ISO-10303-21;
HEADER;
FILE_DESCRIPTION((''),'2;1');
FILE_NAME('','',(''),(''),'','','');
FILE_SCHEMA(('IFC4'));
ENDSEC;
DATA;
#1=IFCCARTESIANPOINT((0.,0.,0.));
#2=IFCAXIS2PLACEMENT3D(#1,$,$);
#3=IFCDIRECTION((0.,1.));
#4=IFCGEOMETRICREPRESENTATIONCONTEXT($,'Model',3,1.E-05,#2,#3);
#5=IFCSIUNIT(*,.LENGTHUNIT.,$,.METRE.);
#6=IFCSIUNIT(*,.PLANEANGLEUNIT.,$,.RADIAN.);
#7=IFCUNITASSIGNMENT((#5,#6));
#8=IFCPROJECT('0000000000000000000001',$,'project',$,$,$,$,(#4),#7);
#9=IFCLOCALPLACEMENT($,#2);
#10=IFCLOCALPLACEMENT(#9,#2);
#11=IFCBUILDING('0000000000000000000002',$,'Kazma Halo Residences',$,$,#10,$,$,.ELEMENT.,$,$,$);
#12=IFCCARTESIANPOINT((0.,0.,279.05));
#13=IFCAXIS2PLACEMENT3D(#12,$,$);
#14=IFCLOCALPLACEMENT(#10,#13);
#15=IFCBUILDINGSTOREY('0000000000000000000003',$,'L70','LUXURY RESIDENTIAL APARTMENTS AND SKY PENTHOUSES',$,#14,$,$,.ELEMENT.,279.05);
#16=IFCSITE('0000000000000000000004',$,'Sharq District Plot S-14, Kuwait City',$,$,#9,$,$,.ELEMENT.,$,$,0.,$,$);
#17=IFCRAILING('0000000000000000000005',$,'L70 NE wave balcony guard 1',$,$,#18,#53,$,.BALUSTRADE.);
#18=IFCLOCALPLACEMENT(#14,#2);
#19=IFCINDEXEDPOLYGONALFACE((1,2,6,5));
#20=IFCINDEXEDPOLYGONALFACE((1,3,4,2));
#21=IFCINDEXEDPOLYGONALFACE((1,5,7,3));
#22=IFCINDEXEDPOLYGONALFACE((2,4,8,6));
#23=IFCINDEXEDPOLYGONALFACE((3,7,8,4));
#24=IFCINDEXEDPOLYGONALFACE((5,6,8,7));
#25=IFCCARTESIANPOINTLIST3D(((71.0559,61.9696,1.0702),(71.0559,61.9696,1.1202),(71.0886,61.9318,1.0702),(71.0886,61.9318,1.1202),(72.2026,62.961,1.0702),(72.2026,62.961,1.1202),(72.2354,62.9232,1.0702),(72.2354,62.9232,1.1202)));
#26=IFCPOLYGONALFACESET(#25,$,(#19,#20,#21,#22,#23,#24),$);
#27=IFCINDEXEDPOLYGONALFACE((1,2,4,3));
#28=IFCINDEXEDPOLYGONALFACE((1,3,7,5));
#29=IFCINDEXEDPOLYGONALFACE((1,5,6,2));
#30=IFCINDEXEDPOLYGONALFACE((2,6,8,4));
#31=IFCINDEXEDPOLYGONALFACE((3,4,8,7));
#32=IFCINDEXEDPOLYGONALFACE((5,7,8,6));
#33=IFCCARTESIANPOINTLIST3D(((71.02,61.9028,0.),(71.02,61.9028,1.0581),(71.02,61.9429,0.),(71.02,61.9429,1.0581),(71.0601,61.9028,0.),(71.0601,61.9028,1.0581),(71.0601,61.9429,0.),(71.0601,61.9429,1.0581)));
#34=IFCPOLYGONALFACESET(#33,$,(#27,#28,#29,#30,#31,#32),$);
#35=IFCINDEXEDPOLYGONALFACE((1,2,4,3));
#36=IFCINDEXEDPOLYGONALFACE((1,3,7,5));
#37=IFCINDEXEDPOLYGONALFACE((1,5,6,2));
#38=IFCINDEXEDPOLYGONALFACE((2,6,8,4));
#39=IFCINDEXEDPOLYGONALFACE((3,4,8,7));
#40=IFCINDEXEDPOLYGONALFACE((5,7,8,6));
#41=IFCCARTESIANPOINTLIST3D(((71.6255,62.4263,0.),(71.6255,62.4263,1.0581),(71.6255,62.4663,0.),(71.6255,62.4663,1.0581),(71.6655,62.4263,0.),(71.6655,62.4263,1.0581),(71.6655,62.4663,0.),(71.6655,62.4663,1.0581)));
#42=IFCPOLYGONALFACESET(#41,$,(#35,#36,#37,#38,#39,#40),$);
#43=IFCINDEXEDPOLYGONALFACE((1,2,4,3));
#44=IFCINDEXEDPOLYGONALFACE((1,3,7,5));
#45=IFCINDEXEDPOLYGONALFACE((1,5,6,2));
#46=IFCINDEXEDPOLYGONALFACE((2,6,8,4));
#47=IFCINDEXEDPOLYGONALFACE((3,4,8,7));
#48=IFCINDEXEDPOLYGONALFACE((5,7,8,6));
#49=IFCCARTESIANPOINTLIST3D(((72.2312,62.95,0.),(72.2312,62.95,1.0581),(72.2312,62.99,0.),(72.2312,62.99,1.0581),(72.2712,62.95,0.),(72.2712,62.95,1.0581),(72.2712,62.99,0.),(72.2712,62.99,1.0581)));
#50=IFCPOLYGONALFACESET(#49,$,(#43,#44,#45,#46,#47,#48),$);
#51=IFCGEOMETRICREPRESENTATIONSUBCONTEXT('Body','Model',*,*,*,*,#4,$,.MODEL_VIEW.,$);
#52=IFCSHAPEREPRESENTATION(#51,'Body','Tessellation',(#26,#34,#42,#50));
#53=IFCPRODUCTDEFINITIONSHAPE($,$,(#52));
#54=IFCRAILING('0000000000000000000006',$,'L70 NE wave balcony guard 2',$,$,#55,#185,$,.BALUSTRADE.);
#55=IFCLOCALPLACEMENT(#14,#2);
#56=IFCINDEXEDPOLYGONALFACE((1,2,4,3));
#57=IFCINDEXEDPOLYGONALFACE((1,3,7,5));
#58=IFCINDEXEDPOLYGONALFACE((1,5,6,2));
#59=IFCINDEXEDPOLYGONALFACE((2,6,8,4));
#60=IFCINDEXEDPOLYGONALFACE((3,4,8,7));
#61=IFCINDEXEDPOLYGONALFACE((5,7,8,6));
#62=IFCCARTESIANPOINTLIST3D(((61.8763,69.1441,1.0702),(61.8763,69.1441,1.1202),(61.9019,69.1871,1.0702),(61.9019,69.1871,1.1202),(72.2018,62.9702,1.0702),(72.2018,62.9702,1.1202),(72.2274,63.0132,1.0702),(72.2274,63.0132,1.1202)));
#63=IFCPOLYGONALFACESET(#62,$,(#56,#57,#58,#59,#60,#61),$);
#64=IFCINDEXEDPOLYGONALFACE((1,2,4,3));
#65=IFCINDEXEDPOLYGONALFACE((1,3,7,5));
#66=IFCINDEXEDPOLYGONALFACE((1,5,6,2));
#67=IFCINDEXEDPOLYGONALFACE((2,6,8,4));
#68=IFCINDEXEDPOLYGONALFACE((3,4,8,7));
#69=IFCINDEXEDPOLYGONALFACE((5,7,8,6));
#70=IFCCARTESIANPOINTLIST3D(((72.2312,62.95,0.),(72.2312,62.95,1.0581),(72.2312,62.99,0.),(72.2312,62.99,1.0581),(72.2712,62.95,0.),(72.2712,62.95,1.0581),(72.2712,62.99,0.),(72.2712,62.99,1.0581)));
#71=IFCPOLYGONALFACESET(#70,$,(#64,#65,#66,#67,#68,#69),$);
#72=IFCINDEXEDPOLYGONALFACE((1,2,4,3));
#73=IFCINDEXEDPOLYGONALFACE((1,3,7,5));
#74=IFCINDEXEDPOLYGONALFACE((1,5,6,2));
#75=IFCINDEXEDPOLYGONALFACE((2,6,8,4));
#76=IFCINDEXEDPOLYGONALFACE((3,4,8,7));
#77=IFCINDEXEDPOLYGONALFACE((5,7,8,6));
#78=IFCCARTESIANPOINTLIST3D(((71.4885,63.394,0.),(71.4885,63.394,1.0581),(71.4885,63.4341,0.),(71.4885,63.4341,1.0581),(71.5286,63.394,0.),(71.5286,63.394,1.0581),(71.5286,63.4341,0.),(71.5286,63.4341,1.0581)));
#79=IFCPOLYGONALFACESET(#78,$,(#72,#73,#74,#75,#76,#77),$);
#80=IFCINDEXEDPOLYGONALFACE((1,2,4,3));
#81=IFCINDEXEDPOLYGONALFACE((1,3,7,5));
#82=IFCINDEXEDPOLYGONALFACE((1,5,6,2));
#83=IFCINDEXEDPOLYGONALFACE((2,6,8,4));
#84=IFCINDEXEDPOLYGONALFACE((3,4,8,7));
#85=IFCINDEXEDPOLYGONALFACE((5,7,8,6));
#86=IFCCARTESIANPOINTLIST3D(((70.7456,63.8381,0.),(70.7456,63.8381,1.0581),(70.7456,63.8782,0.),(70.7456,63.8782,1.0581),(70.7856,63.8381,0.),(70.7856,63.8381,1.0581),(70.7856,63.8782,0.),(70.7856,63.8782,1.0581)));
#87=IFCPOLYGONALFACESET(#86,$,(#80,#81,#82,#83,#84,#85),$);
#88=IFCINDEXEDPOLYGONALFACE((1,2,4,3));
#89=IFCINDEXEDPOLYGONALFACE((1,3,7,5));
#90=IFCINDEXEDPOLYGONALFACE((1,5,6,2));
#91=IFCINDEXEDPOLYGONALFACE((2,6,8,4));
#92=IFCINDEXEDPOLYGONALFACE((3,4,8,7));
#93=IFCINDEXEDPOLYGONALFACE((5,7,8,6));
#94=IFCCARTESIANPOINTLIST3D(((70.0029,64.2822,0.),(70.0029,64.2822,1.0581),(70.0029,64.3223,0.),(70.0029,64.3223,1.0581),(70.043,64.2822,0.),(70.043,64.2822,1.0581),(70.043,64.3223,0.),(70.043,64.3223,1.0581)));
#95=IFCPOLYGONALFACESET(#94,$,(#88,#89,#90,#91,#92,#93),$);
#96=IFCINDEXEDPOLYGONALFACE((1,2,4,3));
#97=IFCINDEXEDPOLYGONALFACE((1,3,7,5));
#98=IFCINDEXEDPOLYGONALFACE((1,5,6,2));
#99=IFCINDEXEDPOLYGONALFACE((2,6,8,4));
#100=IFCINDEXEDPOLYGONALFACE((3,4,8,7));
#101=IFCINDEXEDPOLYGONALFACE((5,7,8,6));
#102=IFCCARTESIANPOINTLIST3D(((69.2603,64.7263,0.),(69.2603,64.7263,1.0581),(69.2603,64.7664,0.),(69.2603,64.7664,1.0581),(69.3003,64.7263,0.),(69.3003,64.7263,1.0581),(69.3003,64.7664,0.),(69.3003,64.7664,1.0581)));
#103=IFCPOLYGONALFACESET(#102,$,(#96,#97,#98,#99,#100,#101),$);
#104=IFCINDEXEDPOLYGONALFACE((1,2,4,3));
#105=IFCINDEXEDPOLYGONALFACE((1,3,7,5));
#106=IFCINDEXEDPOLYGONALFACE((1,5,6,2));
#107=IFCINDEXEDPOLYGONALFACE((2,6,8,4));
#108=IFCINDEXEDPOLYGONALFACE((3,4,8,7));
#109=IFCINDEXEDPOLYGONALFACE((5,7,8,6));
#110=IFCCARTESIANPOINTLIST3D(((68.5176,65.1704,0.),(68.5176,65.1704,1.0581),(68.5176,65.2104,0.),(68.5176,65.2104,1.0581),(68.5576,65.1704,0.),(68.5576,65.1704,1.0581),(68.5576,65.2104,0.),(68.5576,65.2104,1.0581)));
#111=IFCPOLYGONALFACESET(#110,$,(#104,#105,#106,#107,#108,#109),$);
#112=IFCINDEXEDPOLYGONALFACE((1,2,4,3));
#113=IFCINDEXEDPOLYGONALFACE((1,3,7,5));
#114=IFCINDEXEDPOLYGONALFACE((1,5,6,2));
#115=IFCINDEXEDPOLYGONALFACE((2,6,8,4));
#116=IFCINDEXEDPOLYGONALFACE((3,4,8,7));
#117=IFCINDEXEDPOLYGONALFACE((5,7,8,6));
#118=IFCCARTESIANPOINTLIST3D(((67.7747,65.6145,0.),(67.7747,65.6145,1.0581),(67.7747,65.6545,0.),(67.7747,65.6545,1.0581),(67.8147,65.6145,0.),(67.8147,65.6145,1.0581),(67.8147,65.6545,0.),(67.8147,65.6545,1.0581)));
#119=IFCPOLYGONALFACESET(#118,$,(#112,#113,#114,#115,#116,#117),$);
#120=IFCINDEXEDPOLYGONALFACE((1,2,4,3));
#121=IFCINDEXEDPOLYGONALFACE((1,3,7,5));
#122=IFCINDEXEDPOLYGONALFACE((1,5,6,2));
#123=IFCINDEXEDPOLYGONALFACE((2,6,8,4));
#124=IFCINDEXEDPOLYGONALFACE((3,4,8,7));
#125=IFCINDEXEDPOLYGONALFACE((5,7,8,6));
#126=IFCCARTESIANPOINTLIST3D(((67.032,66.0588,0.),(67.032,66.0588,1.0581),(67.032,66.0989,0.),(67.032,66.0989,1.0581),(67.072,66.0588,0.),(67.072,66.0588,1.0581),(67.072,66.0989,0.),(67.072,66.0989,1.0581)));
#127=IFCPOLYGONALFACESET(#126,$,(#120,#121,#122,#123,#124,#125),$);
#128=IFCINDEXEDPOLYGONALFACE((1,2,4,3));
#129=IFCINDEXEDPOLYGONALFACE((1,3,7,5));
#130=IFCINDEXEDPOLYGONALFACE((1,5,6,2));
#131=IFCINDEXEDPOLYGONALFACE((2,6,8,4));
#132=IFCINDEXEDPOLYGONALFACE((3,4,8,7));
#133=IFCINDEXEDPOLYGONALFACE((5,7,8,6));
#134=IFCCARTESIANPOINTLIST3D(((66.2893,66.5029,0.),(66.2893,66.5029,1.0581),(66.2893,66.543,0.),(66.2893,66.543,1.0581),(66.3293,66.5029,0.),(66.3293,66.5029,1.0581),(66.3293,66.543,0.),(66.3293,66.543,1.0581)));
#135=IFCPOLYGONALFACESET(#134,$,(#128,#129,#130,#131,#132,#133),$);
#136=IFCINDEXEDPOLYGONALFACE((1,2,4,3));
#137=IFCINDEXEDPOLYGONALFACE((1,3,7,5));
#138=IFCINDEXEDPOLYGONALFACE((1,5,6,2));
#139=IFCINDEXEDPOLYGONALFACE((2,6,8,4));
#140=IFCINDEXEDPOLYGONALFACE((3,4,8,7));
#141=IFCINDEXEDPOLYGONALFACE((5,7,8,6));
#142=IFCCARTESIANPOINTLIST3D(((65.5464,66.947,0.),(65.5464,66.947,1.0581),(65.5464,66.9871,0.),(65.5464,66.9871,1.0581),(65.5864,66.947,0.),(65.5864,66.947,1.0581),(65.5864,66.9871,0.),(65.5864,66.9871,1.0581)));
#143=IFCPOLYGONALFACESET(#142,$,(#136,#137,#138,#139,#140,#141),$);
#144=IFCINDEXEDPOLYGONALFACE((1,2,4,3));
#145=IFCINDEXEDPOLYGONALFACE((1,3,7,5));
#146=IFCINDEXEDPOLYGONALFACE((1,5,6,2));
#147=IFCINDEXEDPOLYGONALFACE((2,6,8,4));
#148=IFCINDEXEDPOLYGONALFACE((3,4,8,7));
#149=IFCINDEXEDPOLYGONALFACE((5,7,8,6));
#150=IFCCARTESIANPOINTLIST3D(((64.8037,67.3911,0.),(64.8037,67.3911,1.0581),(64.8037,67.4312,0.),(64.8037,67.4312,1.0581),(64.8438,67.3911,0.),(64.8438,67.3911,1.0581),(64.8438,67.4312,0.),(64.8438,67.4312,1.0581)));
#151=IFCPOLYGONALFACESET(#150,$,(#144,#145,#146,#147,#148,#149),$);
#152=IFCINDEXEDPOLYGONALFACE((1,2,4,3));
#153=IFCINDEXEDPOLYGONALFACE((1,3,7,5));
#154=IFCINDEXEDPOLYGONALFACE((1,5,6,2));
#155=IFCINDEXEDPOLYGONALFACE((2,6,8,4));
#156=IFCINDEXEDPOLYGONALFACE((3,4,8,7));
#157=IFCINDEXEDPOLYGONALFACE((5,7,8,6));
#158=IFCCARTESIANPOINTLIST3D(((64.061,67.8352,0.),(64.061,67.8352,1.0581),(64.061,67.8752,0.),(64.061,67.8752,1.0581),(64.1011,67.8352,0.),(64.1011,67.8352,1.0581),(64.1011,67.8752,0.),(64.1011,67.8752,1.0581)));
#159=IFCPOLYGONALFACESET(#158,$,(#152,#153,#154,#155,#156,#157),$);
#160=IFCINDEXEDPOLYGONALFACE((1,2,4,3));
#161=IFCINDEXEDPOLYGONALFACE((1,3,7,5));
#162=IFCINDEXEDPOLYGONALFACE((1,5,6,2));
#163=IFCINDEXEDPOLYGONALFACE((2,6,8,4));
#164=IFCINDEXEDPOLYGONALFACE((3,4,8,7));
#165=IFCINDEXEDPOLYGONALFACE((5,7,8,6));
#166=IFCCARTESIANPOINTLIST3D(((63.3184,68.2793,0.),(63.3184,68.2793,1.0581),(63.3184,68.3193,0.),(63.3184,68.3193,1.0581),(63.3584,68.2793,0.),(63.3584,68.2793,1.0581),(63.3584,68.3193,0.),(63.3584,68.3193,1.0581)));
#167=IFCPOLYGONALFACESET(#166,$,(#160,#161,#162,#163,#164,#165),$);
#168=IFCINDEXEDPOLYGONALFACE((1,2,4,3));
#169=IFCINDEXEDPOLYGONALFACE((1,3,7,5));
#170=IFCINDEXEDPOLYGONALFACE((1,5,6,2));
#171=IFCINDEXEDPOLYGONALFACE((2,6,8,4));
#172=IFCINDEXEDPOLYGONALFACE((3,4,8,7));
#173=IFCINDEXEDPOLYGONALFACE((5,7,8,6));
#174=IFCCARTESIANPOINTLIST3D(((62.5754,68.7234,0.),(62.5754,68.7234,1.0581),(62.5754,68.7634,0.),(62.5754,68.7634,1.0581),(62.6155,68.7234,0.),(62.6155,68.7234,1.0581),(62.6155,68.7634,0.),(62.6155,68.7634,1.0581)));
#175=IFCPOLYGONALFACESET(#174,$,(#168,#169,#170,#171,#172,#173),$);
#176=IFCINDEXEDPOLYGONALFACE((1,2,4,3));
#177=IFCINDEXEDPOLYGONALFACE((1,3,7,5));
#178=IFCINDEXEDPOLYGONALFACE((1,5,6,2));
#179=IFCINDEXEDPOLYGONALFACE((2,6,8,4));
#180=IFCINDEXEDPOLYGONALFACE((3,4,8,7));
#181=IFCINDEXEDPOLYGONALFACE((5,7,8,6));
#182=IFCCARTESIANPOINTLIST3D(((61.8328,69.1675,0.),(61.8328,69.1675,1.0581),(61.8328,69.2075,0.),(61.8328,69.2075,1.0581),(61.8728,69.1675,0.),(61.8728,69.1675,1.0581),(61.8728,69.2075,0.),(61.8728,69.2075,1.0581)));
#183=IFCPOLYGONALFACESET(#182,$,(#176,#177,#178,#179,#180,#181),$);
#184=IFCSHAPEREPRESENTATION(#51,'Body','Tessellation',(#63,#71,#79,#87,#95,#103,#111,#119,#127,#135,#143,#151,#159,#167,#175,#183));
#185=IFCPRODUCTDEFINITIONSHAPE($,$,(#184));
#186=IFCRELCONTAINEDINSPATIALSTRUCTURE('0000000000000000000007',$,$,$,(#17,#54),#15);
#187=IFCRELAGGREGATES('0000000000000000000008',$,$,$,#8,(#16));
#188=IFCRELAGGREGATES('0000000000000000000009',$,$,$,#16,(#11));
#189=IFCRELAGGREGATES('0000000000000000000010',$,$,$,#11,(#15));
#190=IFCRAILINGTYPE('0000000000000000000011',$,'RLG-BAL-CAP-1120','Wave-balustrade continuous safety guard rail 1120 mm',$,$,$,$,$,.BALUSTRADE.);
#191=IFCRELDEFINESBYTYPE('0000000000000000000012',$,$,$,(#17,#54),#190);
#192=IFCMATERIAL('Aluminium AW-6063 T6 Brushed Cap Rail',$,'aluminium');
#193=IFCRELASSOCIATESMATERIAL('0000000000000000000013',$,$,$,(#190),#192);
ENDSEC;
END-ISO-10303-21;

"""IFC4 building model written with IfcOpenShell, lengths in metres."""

from ifc_helpers import new_model, si_unit, direction, frame, origin, origin_2d, place, context, subcontext, project, spatial, rectangle, extrude, material, type_object, element, save


model = new_model("IFC4")

# Units and contexts
model_context = context("Model", 3, precision=1e-05, world=origin(), true_north=direction((0.0, 1.0)))
body_context = subcontext(model_context, "Body", "Model", "MODEL_VIEW")
ifc_project = project(units=[si_unit("LENGTHUNIT", "METRE"), si_unit("PLANEANGLEUNIT", "RADIAN")], contexts=[model_context])

# Site, building, storey
site_placement = place(None, origin())
site = spatial("IfcSite", under=ifc_project, at=site_placement, Name="Sharq District Plot S-14, Kuwait City", CompositionType="ELEMENT", RefElevation=0.0)
building_placement = place(site_placement, origin())
building = spatial("IfcBuilding", under=site, at=building_placement, Name="Kazma Halo Residences", CompositionType="ELEMENT")
storey_placement = place(building_placement, frame((0.0, 0.0, 279.05)))
storey = spatial("IfcBuildingStorey", under=building, at=storey_placement, Name="L70", Description="LUXURY RESIDENTIAL APARTMENTS AND SKY PENTHOUSES", CompositionType="ELEMENT", Elevation=279.05)

# Railings
ifc_material_1 = material(Name="Aluminium AW-6063 T6 Brushed Cap Rail", Category="aluminium")
railing_type = type_object("IfcRailingType", Name="RLG-BAL-CAP-1120", Description="Wave-balustrade continuous safety guard rail 1120 mm", PredefinedType="BALUSTRADE", material=ifc_material_1)
railing_1_placement = place(storey_placement, frame((71.04, 61.9229, 0.0)))
element("IfcRailing", 1, at=railing_1_placement, inside=storey, type_object=railing_type, Name="L70 NE wave balcony guard 1", PredefinedType="BALUSTRADE", context=body_context, shape_type="SweptSolid", body=[
    extrude(rectangle(XDim=0.05, YDim=0.05, at=origin_2d()), frame((0.0322, 0.0278, 1.0952), z_axis=(0.756483, 0.654013, 0.0), x_axis=(-0.654013, 0.756483, 0.0)), (0.0, 0.0, 1.0), 1.5159),
    extrude(rectangle(XDim=0.04, YDim=0.04, at=origin_2d()), origin(), (0.0, 0.0, 1.0), 1.0581),
    extrude(rectangle(XDim=0.04, YDim=0.04, at=origin_2d()), frame((0.6055, 0.5234, 0.0)), (0.0, 0.0, 1.0), 1.0581),
    extrude(rectangle(XDim=0.04, YDim=0.04, at=origin_2d()), frame((1.2112, 1.0471, 0.0)), (0.0, 0.0, 1.0), 1.0581),
])
railing_2_placement = place(storey_placement, frame((72.2512, 62.97, 0.0)))
element("IfcRailing", 2, at=railing_2_placement, inside=storey, type_object=railing_type, Name="L70 NE wave balcony guard 2", PredefinedType="BALUSTRADE", context=body_context, shape_type="SweptSolid", body=[
    extrude(rectangle(XDim=0.05, YDim=0.05, at=origin_2d()), frame((-0.0366, 0.0217, 1.0952), z_axis=(-0.858276, 0.513188, 0.0), x_axis=(-0.513188, -0.858276, 0.0)), (0.0, 0.0, 1.0), 12.0305),
    extrude(rectangle(XDim=0.04, YDim=0.04, at=origin_2d()), origin(), (0.0, 0.0, 1.0), 1.0581),
    extrude(rectangle(XDim=0.04, YDim=0.04, at=origin_2d()), frame((-0.7427, 0.4441, 0.0)), (0.0, 0.0, 1.0), 1.0581),
    extrude(rectangle(XDim=0.04, YDim=0.04, at=origin_2d()), frame((-1.4856, 0.8882, 0.0)), (0.0, 0.0, 1.0), 1.0581),
    extrude(rectangle(XDim=0.04, YDim=0.04, at=origin_2d()), frame((-2.2283, 1.3323, 0.0)), (0.0, 0.0, 1.0), 1.0581),
    extrude(rectangle(XDim=0.04, YDim=0.04, at=origin_2d()), frame((-2.9709, 1.7764, 0.0)), (0.0, 0.0, 1.0), 1.0581),
    extrude(rectangle(XDim=0.04, YDim=0.04, at=origin_2d()), frame((-3.7136, 2.2205, 0.0)), (0.0, 0.0, 1.0), 1.0581),
    extrude(rectangle(XDim=0.04, YDim=0.04, at=origin_2d()), frame((-4.4565, 2.6646, 0.0)), (0.0, 0.0, 1.0), 1.0581),
    extrude(rectangle(XDim=0.04, YDim=0.04, at=origin_2d()), frame((-5.1992, 3.1089, 0.0)), (0.0, 0.0, 1.0), 1.0581),
    extrude(rectangle(XDim=0.04, YDim=0.04, at=origin_2d()), frame((-5.9419, 3.553, 0.0)), (0.0, 0.0, 1.0), 1.0581),
    extrude(rectangle(XDim=0.04, YDim=0.04, at=origin_2d()), frame((-6.6848, 3.9971, 0.0)), (0.0, 0.0, 1.0), 1.0581),
    extrude(rectangle(XDim=0.04, YDim=0.04, at=origin_2d()), frame((-7.4275, 4.4412, 0.0)), (0.0, 0.0, 1.0), 1.0581),
    extrude(rectangle(XDim=0.04, YDim=0.04, at=origin_2d()), frame((-8.1702, 4.8853, 0.0)), (0.0, 0.0, 1.0), 1.0581),
    extrude(rectangle(XDim=0.04, YDim=0.04, at=origin_2d()), frame((-8.9128, 5.3293, 0.0)), (0.0, 0.0, 1.0), 1.0581),
    extrude(rectangle(XDim=0.04, YDim=0.04, at=origin_2d()), frame((-9.6558, 5.7734, 0.0)), (0.0, 0.0, 1.0), 1.0581),
    extrude(rectangle(XDim=0.04, YDim=0.04, at=origin_2d()), frame((-10.3984, 6.2175, 0.0)), (0.0, 0.0, 1.0), 1.0581),
])

save(model, "model.ifc")
